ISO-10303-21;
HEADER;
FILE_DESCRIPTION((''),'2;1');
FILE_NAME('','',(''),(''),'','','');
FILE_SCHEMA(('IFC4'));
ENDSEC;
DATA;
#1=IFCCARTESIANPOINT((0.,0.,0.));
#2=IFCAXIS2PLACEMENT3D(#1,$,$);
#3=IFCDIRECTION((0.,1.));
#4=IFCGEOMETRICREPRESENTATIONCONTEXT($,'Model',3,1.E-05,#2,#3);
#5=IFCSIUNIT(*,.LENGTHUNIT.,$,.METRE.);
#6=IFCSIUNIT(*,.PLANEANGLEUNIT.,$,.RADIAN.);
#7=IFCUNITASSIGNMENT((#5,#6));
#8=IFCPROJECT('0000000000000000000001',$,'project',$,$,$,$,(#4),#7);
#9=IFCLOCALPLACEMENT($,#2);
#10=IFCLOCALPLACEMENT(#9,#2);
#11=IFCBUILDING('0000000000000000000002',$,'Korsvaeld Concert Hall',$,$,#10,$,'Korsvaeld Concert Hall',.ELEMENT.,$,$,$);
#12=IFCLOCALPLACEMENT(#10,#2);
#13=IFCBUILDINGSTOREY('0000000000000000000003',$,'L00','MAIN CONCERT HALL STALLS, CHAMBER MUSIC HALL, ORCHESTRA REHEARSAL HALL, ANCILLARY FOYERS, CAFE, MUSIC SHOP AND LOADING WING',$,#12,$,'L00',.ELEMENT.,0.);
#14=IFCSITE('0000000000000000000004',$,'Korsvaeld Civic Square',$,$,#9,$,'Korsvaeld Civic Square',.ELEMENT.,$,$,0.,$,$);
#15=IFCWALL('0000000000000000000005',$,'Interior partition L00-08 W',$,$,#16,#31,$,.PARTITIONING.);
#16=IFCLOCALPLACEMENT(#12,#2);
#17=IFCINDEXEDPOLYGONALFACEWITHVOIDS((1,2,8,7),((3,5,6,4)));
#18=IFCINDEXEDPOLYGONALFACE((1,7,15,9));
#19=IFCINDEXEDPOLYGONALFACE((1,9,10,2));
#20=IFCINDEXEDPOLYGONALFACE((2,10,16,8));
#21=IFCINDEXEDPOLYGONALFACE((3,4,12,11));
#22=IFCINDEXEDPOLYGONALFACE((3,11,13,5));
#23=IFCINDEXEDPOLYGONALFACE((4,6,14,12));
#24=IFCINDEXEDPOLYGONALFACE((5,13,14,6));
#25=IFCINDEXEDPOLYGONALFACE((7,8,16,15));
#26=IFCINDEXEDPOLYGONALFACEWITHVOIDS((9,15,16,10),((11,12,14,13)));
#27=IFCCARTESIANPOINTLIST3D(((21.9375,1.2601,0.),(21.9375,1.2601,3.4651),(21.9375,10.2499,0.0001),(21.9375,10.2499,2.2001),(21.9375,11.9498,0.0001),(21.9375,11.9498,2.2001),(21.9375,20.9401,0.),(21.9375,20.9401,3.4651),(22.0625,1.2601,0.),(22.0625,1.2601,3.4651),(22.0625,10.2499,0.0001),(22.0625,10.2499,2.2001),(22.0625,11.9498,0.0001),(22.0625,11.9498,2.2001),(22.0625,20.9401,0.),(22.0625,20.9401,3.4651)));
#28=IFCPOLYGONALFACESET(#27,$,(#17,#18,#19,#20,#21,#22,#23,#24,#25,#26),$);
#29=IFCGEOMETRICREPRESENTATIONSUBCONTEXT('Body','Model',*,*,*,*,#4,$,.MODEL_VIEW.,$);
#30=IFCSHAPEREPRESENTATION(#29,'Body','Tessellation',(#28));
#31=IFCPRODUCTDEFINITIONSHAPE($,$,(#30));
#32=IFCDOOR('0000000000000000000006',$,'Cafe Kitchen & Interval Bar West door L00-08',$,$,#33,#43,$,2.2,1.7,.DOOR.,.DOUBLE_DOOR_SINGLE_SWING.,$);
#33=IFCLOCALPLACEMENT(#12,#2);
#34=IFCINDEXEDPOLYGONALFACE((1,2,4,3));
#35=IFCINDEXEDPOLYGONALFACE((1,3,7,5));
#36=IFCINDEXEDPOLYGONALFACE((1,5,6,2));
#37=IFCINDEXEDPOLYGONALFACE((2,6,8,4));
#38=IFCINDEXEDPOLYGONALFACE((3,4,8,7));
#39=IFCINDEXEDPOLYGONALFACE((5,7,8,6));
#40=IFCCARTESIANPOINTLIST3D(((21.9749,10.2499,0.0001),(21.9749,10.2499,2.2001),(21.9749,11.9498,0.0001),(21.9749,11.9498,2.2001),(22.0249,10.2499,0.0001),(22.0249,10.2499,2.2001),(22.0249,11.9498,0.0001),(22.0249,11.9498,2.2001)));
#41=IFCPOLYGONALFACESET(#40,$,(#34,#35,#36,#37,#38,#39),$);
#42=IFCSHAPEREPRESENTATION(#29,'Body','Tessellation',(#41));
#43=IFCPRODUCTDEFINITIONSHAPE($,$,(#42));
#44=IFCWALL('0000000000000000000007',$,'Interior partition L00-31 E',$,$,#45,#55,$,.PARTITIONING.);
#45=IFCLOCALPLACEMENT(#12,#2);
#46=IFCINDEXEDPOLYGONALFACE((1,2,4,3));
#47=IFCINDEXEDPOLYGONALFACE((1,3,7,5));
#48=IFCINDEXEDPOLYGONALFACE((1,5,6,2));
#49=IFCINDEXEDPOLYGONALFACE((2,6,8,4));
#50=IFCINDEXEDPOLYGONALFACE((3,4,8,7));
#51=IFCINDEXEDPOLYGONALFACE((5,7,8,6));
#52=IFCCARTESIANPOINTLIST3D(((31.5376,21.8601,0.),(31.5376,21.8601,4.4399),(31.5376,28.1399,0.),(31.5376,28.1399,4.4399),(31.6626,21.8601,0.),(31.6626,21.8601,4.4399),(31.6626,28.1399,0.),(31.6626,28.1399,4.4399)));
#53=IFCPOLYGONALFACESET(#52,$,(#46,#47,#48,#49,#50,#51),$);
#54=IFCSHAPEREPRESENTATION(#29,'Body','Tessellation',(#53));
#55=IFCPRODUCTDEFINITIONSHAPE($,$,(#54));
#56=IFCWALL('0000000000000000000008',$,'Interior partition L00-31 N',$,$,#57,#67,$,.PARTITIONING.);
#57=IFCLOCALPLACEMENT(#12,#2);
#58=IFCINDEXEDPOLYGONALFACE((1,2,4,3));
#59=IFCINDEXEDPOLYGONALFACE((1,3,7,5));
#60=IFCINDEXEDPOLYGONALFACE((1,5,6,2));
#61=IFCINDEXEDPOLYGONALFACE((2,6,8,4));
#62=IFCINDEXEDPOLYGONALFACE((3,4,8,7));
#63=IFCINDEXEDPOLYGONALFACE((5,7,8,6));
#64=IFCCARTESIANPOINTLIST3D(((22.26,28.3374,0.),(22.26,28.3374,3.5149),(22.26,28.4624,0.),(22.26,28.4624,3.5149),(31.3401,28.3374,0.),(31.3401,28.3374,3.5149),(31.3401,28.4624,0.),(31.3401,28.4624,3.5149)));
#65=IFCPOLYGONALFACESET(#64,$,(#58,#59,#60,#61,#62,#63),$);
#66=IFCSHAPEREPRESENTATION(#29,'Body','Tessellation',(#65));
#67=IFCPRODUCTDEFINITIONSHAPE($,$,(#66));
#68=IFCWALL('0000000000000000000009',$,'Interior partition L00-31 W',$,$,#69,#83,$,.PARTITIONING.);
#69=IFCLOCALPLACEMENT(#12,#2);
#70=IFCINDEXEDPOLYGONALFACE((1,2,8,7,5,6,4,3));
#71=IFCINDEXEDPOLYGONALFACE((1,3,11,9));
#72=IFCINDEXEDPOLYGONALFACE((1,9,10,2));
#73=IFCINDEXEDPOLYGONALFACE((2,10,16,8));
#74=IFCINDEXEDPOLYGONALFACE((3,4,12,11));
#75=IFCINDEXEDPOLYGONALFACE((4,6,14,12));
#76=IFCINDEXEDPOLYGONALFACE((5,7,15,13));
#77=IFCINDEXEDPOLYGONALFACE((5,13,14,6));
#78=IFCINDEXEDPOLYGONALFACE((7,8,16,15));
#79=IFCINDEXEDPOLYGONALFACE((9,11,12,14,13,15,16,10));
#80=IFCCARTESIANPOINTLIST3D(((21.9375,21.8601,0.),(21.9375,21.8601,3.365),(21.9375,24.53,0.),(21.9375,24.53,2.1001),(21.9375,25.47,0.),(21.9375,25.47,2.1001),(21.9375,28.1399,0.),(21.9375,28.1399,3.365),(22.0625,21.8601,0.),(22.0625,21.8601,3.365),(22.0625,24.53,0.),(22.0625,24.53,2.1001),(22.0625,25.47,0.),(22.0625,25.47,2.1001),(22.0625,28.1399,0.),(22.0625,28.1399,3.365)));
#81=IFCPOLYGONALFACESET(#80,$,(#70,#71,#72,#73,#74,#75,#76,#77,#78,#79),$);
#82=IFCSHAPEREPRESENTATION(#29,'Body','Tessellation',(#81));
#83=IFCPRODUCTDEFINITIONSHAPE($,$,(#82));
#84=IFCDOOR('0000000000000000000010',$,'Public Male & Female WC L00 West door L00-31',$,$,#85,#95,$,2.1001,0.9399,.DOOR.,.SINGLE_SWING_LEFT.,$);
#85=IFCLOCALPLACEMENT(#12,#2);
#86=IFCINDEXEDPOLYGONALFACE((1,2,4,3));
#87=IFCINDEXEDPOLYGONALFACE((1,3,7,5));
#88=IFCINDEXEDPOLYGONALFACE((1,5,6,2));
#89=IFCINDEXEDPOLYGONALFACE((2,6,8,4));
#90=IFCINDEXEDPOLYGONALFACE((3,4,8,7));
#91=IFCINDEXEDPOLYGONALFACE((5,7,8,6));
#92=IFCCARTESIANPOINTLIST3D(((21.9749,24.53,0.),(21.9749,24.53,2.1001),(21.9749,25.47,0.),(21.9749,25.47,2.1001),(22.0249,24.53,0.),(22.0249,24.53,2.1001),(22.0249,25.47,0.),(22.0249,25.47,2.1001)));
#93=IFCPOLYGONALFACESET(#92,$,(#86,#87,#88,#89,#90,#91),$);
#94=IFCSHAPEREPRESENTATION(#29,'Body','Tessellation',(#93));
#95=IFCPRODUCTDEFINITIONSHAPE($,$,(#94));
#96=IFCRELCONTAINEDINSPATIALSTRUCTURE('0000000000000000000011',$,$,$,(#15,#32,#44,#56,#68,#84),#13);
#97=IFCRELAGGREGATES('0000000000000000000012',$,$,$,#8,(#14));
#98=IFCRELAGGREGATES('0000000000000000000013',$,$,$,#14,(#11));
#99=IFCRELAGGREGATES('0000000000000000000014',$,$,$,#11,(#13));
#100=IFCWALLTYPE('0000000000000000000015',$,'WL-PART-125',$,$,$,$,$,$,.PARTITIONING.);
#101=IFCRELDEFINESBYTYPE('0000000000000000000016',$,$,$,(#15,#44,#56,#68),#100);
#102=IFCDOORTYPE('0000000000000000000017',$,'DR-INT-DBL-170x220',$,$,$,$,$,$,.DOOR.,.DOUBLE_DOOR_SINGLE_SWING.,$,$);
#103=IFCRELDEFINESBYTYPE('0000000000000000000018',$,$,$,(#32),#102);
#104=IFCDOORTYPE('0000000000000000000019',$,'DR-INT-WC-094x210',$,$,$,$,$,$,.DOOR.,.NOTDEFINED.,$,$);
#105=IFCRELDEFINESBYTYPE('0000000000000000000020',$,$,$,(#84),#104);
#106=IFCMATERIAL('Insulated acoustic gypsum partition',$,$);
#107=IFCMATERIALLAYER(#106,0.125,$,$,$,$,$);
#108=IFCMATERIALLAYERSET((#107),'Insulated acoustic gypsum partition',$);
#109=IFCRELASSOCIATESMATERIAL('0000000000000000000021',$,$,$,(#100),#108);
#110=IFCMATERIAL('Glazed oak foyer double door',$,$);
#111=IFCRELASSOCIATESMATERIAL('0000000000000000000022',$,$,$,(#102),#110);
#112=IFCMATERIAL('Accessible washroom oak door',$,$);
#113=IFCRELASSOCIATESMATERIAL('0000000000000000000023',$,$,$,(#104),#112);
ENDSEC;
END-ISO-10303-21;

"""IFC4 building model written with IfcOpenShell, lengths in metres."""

from ifc_helpers import new_model, si_unit, direction, frame, frame_2d, origin, place, context, subcontext, project, spatial, rectangle, extrude, material, layer, layer_set, type_object, element, fill, save


model = new_model("IFC4")

# Units and contexts
model_context = context("Model", 3, precision=1e-05, world=origin(), true_north=direction((0.0, 1.0)))
body_context = subcontext(model_context, "Body", "Model", "MODEL_VIEW")
ifc_project = project(units=[si_unit("LENGTHUNIT", "METRE"), si_unit("PLANEANGLEUNIT", "RADIAN")], contexts=[model_context])

# Site, building, storey
site_placement = place(None, origin())
site = spatial("IfcSite", under=ifc_project, at=site_placement, Name="Korsvaeld Civic Square", LongName="Korsvaeld Civic Square", CompositionType="ELEMENT", RefElevation=0.0)
building_placement = place(site_placement, origin())
building = spatial("IfcBuilding", under=site, at=building_placement, Name="Korsvaeld Concert Hall", LongName="Korsvaeld Concert Hall", CompositionType="ELEMENT")
storey_placement = place(building_placement, origin())
storey = spatial("IfcBuildingStorey", under=building, at=storey_placement, Name="L00", Description="MAIN CONCERT HALL STALLS, CHAMBER MUSIC HALL, ORCHESTRA REHEARSAL HALL, ANCILLARY FOYERS, CAFE, MUSIC SHOP AND LOADING WING", LongName="L00", CompositionType="ELEMENT", Elevation=0.0)

# Shared definitions
ifc_material_1 = material(Name="Insulated acoustic gypsum partition")
ifc_layer = layer(ifc_material_1, 0.125)
ifc_layer_set = layer_set([ifc_layer], Name="Insulated acoustic gypsum partition")
wall_type = type_object("IfcWallType", Name="WL-PART-125", PredefinedType="PARTITIONING", material=ifc_layer_set)

# Wall, opening, door
wall_1_placement = place(storey_placement, frame((22.0, 20.9399, 0.0), z_axis=(0.0, 0.0, 1.0), x_axis=(0.0, -1.0, 0.0)))
wall_1 = element("IfcWall", 1, at=wall_1_placement, inside=storey, type_object=wall_type, Name="Interior partition L00-08 W", PredefinedType="PARTITIONING", context=body_context, shape_type="SweptSolid", body=[
    extrude(rectangle(XDim=19.6799, YDim=0.125, at=frame_2d((9.8398, 0.0))), origin(), (0.0, 0.0, 1.0), 3.4651),
])
opening_1_placement = place(wall_1_placement, frame((8.99, 0.0, 0.0)))
opening_1 = element("IfcOpeningElement", 2, at=opening_1_placement, cuts=wall_1, PredefinedType="OPENING", context=body_context, shape_type="SweptSolid", body=[
    extrude(rectangle(XDim=1.7, YDim=2.2, at=frame_2d((0.8501, 1.1001))), frame((0.0, 0.0725, 0.0), z_axis=(0.0, -1.0, 0.0), x_axis=(1.0, 0.0, 0.0)), (0.0, 0.0, 1.0), 0.145),
])
ifc_material_2 = material(Name="Glazed oak foyer double door")
door_type_1 = type_object("IfcDoorType", Name="DR-INT-DBL-170x220", OperationType="DOUBLE_DOOR_SINGLE_SWING", PredefinedType="DOOR", material=ifc_material_2)
door_1_placement = place(opening_1_placement, origin())
door_1 = element("IfcDoor", 3, at=door_1_placement, inside=storey, type_object=door_type_1, Name="Cafe Kitchen & Interval Bar West door L00-08", OperationType="DOUBLE_DOOR_SINGLE_SWING", OverallHeight=2.2, OverallWidth=1.7, PredefinedType="DOOR", context=body_context, shape_type="SweptSolid", body=[
    extrude(rectangle(XDim=1.7, YDim=2.2, at=frame_2d((0.8501, 1.1001))), frame((0.0, 0.0249, 0.0), z_axis=(0.0, -1.0, 0.0), x_axis=(1.0, 0.0, 0.0)), (0.0, 0.0, 1.0), 0.05),
])
fill(opening_1, door_1)

# Walls
wall_2_placement = place(storey_placement, frame((31.6001, 21.8601, 0.0), z_axis=(0.0, 0.0, 1.0), x_axis=(0.0, 1.0, 0.0)))
element("IfcWall", 4, at=wall_2_placement, inside=storey, type_object=wall_type, Name="Interior partition L00-31 E", PredefinedType="PARTITIONING", context=body_context, shape_type="SweptSolid", body=[
    extrude(rectangle(XDim=6.2798, YDim=0.125, at=frame_2d((3.1399, 0.0))), origin(), (0.0, 0.0, 1.0), 4.4399),
])
wall_3_placement = place(storey_placement, frame((31.3401, 28.3999, 0.0), z_axis=(0.0, 0.0, 1.0), x_axis=(-1.0, 0.0, 0.0)))
element("IfcWall", 5, at=wall_3_placement, inside=storey, type_object=wall_type, Name="Interior partition L00-31 N", PredefinedType="PARTITIONING", context=body_context, shape_type="SweptSolid", body=[
    extrude(rectangle(XDim=9.0801, YDim=0.125, at=frame_2d((4.54, 0.0))), origin(), (0.0, 0.0, 1.0), 3.5149),
])

# Wall, opening, door
wall_4_placement = place(storey_placement, frame((22.0, 28.1399, 0.0), z_axis=(0.0, 0.0, 1.0), x_axis=(0.0, -1.0, 0.0)))
wall_4 = element("IfcWall", 6, at=wall_4_placement, inside=storey, type_object=wall_type, Name="Interior partition L00-31 W", PredefinedType="PARTITIONING", context=body_context, shape_type="SweptSolid", body=[
    extrude(rectangle(XDim=6.2798, YDim=0.125, at=frame_2d((3.1399, 0.0))), origin(), (0.0, 0.0, 1.0), 3.365),
])
opening_2_placement = place(wall_4_placement, frame((2.6699, 0.0, 0.0)))
opening_2 = element("IfcOpeningElement", 7, at=opening_2_placement, cuts=wall_4, PredefinedType="OPENING", context=body_context, shape_type="SweptSolid", body=[
    extrude(rectangle(XDim=0.9399, YDim=2.1001, at=frame_2d((0.47, 1.05))), frame((0.0, 0.0725, 0.0), z_axis=(0.0, -1.0, 0.0), x_axis=(1.0, 0.0, 0.0)), (0.0, 0.0, 1.0), 0.145),
])
ifc_material_3 = material(Name="Accessible washroom oak door")
door_type_2 = type_object("IfcDoorType", Name="DR-INT-WC-094x210", OperationType="NOTDEFINED", PredefinedType="DOOR", material=ifc_material_3)
door_2_placement = place(opening_2_placement, origin())
door_2 = element("IfcDoor", 8, at=door_2_placement, inside=storey, type_object=door_type_2, Name="Public Male & Female WC L00 West door L00-31", OperationType="SINGLE_SWING_LEFT", OverallHeight=2.1001, OverallWidth=0.9399, PredefinedType="DOOR", context=body_context, shape_type="SweptSolid", body=[
    extrude(rectangle(XDim=0.9399, YDim=2.1001, at=frame_2d((0.47, 1.05))), frame((0.0, 0.0249, 0.0), z_axis=(0.0, -1.0, 0.0), x_axis=(1.0, 0.0, 0.0)), (0.0, 0.0, 1.0), 0.05),
])
fill(opening_2, door_2)

save(model, "model.ifc")
